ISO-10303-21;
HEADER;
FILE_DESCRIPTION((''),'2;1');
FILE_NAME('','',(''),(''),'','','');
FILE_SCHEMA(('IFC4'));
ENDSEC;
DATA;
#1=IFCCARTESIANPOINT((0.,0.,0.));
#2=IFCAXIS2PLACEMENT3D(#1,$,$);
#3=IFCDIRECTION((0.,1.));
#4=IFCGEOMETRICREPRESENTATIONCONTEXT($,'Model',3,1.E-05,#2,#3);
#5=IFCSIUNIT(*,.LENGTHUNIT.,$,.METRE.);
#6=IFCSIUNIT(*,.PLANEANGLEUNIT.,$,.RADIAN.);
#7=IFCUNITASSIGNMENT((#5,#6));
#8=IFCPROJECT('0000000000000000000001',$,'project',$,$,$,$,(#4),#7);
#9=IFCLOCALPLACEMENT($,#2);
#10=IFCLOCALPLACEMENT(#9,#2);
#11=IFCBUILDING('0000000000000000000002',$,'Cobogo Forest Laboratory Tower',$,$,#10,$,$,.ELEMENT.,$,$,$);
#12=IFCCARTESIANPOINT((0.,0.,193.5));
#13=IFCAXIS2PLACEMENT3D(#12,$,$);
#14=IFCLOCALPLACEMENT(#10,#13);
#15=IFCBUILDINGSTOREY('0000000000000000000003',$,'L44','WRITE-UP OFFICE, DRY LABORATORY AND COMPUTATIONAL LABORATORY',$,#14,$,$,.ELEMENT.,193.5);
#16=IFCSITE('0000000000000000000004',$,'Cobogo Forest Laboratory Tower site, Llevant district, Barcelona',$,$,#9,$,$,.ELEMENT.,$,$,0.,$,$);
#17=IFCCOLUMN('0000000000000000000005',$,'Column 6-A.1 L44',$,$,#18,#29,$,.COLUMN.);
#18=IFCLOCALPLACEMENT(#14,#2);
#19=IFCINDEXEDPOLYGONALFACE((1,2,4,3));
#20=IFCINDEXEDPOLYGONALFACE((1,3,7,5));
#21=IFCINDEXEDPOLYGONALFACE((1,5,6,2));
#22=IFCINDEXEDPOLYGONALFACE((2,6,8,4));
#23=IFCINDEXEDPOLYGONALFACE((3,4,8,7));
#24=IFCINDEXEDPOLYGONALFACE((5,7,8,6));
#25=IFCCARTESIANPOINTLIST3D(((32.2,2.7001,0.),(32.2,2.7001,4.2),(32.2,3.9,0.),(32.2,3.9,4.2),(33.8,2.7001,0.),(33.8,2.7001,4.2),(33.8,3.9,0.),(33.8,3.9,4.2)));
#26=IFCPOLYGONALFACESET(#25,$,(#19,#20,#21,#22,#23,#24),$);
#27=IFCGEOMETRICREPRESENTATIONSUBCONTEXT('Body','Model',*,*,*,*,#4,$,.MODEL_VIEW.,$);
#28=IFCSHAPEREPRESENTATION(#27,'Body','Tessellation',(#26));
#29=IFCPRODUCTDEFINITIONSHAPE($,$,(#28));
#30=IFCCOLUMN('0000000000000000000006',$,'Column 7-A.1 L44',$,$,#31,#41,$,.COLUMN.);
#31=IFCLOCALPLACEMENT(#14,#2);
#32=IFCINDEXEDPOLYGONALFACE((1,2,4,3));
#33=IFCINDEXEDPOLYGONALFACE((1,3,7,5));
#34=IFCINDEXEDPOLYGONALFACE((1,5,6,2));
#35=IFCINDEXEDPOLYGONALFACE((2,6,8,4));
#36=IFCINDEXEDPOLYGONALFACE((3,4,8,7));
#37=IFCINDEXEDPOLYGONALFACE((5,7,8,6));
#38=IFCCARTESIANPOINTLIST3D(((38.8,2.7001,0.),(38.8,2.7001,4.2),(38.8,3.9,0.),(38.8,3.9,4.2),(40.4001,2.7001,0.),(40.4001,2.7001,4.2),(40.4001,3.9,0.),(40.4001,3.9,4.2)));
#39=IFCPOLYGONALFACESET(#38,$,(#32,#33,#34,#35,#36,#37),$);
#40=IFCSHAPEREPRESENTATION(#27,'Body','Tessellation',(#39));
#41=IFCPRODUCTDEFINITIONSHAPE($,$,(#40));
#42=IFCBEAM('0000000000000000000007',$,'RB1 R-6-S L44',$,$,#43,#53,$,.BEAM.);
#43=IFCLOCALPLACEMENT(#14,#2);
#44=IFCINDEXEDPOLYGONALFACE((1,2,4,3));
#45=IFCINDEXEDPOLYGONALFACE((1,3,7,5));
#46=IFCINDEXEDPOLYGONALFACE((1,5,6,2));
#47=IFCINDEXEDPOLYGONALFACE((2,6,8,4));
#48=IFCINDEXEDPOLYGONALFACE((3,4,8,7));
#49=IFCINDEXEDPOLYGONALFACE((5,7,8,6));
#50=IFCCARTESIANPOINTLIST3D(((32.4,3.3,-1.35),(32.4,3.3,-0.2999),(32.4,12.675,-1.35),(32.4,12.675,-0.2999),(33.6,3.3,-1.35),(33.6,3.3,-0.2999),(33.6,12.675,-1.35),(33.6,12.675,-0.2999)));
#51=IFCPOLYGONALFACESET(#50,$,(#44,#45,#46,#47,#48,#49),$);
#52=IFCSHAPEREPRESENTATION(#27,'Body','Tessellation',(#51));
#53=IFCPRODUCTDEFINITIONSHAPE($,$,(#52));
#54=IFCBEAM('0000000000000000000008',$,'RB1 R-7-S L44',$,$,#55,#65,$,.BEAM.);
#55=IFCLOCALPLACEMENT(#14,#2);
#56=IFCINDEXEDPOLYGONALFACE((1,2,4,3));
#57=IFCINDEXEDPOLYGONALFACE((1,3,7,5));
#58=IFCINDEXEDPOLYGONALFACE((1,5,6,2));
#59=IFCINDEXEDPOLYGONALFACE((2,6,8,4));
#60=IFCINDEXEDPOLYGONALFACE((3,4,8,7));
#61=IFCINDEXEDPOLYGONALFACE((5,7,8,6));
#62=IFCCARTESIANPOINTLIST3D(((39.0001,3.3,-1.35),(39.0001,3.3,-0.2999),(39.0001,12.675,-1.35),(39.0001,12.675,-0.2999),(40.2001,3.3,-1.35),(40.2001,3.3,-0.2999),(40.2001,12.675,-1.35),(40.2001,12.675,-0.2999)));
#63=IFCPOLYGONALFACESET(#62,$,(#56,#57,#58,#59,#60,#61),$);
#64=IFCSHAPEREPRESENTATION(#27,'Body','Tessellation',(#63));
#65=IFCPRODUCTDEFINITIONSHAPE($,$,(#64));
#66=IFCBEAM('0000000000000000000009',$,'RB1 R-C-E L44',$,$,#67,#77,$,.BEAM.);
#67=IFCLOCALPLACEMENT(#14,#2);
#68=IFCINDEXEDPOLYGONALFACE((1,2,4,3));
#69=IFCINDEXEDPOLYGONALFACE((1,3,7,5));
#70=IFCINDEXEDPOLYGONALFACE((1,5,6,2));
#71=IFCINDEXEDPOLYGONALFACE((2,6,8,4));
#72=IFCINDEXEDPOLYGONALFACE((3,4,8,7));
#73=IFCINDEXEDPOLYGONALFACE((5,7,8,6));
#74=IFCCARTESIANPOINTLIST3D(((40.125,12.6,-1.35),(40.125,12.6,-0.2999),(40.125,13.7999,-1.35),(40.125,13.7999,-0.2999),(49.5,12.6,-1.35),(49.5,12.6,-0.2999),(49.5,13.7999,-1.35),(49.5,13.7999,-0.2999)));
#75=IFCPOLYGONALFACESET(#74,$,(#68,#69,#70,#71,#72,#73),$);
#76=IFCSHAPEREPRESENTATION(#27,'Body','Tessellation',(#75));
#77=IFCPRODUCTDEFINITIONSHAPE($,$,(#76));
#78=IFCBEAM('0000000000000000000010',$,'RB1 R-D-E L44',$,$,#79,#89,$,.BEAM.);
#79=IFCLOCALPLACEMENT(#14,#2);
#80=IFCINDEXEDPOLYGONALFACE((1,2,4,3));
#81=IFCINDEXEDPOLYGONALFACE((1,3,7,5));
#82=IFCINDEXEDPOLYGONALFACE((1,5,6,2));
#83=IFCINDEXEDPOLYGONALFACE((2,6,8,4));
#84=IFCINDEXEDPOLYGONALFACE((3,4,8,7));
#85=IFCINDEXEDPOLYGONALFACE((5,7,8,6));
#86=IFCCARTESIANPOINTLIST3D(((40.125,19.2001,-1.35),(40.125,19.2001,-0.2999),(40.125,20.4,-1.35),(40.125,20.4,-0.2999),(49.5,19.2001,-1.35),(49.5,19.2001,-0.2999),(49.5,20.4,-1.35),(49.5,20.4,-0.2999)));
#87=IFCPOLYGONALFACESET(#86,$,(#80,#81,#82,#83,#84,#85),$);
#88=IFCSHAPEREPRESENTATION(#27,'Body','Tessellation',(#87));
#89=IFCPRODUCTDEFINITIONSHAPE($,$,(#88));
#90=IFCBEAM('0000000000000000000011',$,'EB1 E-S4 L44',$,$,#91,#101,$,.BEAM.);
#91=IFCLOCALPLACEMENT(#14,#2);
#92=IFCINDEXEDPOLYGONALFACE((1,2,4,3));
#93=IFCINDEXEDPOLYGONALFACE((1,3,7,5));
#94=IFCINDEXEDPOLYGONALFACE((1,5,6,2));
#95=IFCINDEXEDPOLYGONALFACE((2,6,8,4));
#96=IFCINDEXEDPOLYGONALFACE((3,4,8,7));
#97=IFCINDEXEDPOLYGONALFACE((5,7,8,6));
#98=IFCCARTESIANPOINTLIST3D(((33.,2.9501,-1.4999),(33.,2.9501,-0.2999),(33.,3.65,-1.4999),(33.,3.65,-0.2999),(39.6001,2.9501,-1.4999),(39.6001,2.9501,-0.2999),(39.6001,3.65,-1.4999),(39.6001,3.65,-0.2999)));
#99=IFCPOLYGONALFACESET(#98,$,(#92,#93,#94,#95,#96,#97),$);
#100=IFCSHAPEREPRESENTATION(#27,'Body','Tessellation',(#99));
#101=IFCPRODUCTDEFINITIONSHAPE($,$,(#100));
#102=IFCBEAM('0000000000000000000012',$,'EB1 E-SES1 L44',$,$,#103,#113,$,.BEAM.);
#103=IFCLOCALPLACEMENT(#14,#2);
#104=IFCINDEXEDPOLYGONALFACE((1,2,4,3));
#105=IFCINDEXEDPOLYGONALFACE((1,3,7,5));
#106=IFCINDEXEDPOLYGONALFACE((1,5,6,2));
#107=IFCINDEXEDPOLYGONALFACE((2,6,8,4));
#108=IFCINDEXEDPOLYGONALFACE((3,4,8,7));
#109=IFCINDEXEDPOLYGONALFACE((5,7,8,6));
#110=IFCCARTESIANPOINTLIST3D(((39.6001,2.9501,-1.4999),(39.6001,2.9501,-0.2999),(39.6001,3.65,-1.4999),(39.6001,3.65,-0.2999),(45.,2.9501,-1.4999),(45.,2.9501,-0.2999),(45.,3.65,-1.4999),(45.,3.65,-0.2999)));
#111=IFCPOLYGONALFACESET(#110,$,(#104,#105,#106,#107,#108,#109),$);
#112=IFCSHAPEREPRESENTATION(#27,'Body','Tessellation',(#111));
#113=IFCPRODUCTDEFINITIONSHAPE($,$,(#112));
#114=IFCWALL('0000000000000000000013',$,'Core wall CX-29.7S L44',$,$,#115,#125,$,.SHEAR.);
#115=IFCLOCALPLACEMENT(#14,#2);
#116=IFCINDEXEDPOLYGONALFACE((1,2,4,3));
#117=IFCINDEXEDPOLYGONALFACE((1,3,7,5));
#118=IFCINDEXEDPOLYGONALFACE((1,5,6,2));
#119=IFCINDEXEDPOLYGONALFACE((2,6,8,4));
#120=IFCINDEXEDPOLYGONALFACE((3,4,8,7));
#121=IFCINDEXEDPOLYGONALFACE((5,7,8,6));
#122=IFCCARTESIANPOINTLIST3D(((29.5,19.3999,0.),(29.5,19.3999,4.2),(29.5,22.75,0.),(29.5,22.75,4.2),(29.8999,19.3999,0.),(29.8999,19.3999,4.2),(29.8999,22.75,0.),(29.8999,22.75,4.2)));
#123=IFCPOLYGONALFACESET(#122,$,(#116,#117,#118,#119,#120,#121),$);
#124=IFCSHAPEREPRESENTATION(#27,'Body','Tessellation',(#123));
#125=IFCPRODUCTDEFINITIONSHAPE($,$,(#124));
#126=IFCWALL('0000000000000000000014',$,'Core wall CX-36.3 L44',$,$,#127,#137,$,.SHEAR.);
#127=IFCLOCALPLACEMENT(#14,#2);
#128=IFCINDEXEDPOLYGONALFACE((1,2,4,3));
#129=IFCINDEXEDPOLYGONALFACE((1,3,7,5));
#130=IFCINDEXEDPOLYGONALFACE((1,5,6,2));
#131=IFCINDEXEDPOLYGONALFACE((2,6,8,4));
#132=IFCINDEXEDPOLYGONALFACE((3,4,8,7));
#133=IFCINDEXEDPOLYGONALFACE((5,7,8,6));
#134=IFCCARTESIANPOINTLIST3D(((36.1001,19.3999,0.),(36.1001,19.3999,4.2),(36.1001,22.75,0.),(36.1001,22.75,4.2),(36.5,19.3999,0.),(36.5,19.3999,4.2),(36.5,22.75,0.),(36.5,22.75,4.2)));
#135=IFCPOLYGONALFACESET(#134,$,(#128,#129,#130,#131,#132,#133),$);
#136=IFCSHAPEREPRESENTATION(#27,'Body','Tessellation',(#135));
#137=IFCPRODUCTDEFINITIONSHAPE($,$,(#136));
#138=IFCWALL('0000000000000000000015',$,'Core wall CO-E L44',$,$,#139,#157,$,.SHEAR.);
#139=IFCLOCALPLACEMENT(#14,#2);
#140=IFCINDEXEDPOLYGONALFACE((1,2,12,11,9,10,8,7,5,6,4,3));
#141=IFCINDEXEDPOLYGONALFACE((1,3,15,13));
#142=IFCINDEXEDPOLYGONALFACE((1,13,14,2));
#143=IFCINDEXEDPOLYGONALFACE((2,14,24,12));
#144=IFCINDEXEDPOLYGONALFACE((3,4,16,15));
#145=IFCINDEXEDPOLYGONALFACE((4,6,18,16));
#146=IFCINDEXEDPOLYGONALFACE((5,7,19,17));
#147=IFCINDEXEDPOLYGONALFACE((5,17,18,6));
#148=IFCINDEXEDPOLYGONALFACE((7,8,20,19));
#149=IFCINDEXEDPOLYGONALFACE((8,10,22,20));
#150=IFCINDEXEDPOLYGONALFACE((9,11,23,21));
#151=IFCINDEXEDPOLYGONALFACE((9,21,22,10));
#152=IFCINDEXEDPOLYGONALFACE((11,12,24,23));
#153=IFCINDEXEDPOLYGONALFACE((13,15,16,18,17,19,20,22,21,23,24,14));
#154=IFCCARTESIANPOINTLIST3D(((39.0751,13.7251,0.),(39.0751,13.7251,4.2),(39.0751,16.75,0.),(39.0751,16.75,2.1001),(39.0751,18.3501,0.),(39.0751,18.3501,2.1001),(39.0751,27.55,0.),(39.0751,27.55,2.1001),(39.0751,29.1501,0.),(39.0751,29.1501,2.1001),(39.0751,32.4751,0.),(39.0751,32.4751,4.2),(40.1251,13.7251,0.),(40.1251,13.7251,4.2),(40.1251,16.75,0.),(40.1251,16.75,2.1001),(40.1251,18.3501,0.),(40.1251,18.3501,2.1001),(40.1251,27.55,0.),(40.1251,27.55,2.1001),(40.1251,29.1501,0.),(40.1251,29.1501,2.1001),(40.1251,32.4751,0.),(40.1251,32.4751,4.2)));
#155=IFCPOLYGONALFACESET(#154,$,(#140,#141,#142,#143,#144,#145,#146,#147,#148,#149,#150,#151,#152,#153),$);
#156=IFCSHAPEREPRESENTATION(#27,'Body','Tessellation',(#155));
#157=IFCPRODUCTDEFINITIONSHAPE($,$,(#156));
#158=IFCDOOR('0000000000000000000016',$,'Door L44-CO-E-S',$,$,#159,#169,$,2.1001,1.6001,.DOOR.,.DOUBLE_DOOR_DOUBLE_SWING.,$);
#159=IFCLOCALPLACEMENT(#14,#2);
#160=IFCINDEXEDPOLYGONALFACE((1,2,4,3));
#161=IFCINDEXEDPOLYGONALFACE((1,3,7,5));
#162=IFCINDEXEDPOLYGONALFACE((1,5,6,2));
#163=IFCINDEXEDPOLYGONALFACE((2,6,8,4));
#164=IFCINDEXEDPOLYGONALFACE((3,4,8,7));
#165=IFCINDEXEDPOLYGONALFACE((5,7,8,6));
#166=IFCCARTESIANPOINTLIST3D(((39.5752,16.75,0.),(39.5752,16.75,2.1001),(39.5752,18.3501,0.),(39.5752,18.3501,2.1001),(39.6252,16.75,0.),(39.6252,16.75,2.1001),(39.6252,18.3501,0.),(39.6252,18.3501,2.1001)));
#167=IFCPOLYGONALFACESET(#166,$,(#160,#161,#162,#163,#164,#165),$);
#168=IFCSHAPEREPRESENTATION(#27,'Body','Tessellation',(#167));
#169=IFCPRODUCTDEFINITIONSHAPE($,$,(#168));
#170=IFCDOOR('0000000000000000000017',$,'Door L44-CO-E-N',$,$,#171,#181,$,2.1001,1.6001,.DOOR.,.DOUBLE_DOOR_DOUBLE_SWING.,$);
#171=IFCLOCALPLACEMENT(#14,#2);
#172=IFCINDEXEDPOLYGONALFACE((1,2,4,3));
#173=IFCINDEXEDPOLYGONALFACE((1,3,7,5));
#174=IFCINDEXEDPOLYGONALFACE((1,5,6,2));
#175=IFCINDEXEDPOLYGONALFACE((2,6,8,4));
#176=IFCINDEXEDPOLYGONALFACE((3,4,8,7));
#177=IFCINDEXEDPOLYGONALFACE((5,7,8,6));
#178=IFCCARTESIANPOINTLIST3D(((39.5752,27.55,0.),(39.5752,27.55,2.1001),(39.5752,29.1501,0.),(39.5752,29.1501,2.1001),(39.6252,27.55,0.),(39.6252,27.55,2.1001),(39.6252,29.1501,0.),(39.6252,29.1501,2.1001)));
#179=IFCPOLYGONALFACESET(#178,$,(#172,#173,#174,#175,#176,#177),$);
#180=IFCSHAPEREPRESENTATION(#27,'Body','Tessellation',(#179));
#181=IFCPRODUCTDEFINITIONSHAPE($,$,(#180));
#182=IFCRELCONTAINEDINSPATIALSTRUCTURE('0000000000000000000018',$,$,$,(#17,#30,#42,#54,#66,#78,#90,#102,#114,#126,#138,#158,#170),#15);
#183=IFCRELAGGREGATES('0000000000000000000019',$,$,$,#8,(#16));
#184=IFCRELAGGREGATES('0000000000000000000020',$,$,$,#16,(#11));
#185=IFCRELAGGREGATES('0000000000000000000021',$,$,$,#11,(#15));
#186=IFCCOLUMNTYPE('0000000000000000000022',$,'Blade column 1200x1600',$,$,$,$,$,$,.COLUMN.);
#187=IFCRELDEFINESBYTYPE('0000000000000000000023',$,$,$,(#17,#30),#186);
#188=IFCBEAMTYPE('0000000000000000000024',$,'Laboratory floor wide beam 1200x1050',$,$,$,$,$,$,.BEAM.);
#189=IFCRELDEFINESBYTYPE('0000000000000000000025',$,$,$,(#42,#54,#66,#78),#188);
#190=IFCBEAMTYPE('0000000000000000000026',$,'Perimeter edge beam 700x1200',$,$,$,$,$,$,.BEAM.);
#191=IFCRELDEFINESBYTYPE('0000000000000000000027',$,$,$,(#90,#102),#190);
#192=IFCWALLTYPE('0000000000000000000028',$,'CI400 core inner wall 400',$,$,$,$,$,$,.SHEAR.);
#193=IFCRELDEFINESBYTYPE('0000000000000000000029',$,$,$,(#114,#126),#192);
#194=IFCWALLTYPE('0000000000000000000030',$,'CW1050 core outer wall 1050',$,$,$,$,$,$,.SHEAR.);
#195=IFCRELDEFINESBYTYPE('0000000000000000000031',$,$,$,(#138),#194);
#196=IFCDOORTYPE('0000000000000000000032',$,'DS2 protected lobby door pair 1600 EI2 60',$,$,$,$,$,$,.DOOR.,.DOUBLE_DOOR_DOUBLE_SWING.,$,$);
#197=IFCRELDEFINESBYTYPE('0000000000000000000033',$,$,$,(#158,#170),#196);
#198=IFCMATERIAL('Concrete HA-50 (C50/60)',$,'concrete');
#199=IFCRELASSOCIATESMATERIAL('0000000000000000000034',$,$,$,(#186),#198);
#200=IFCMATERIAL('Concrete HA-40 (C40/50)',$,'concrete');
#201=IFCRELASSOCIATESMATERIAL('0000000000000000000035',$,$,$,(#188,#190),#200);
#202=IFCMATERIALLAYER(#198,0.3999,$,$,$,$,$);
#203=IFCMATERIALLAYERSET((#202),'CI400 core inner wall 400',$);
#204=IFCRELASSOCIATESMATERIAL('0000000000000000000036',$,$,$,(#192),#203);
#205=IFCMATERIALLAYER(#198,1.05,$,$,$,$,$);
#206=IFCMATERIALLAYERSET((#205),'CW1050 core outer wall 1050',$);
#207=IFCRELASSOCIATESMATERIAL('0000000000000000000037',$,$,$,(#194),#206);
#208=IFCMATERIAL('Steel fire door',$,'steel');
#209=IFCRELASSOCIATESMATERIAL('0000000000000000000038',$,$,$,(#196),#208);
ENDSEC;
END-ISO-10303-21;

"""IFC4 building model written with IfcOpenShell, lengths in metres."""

from ifc_helpers import new_model, si_unit, direction, frame, frame_2d, origin, origin_2d, place, context, subcontext, project, spatial, rectangle, extrude, material, layer, layer_set, material_profile, profile_set, type_object, element, fill, save


model = new_model("IFC4")

# Units and contexts
model_context = context("Model", 3, precision=1e-05, world=origin(), true_north=direction((0.0, 1.0)))
body_context = subcontext(model_context, "Body", "Model", "MODEL_VIEW")
ifc_project = project(units=[si_unit("LENGTHUNIT", "METRE"), si_unit("PLANEANGLEUNIT", "RADIAN")], contexts=[model_context])

# Site, building, storey
site_placement = place(None, origin())
site = spatial("IfcSite", under=ifc_project, at=site_placement, Name="Cobogo Forest Laboratory Tower site, Llevant district, Barcelona", CompositionType="ELEMENT", RefElevation=0.0)
building_placement = place(site_placement, origin())
building = spatial("IfcBuilding", under=site, at=building_placement, Name="Cobogo Forest Laboratory Tower", CompositionType="ELEMENT")
storey_placement = place(building_placement, frame((0.0, 0.0, 193.5)))
storey = spatial("IfcBuildingStorey", under=building, at=storey_placement, Name="L44", Description="WRITE-UP OFFICE, DRY LABORATORY AND COMPUTATIONAL LABORATORY", CompositionType="ELEMENT", Elevation=193.5)

# Columns
ifc_material_1 = material(Name="Concrete HA-50 (C50/60)", Category="concrete")
ifc_material_profile_1 = material_profile(ifc_material_1, rectangle(XDim=1.6001, YDim=1.2, at=origin_2d()), Name="RC 1200x1600")
ifc_profile_set_1 = profile_set([ifc_material_profile_1], Name="Concrete HA-50 (C50/60)")
column_type = type_object("IfcColumnType", Name="Blade column 1200x1600", PredefinedType="COLUMN", material=ifc_profile_set_1)
for number, where, z_axis, x_axis, name in (
    (1, (33.0, 3.3, 0.0), (0.0, 0.0, 1.0), (1.0, 0.0, 0.0), "Column 6-A.1 L44"),
    (2, (39.6001, 3.3, 0.0), (0.0, 0.0, 1.0), (1.0, 0.0, 0.0), "Column 7-A.1 L44"),
):
    element("IfcColumn", number, at=place(storey_placement, frame(where, z_axis=z_axis, x_axis=x_axis)), inside=storey, type_object=column_type, Name=name, PredefinedType="COLUMN", context=body_context, shape_type="SweptSolid", body=[
        extrude(rectangle(XDim=1.6001, YDim=1.2, at=origin_2d()), origin(), (0.0, 0.0, 1.0), 4.2),
    ])

# Beams
ifc_material_2 = material(Name="Concrete HA-40 (C40/50)", Category="concrete")
ifc_material_profile_2 = material_profile(ifc_material_2, rectangle(XDim=1.2, YDim=1.05, at=origin_2d()), Name="RC 1200x1050")
ifc_profile_set_2 = profile_set([ifc_material_profile_2], Name="Concrete HA-40 (C40/50)")
beam_type_1 = type_object("IfcBeamType", Name="Laboratory floor wide beam 1200x1050", PredefinedType="BEAM", material=ifc_profile_set_2)
for number, where, z_axis, x_axis, name in (
    (3, (33.0, 12.675, -0.825), (0.0, -1.0, 0.0), (1.0, 0.0, 0.0), "RB1 R-6-S L44"),
    (4, (39.6001, 12.675, -0.825), (0.0, -1.0, 0.0), (1.0, 0.0, 0.0), "RB1 R-7-S L44"),
    (5, (40.125, 13.2, -0.825), (1.0, 0.0, 0.0), (0.0, 1.0, 0.0), "RB1 R-C-E L44"),
    (6, (40.125, 19.8, -0.825), (1.0, 0.0, 0.0), (0.0, 1.0, 0.0), "RB1 R-D-E L44"),
):
    element("IfcBeam", number, at=place(storey_placement, frame(where, z_axis=z_axis, x_axis=x_axis)), inside=storey, type_object=beam_type_1, Name=name, PredefinedType="BEAM", context=body_context, shape_type="SweptSolid", body=[
        extrude(rectangle(XDim=1.2, YDim=1.05, at=origin_2d()), origin(), (0.0, 0.0, 1.0), 9.375),
    ])
ifc_material_profile_3 = material_profile(ifc_material_2, rectangle(XDim=0.7, YDim=1.2, at=origin_2d()), Name="RC 700x1200")
ifc_profile_set_3 = profile_set([ifc_material_profile_3], Name="Concrete HA-40 (C40/50)")
beam_type_2 = type_object("IfcBeamType", Name="Perimeter edge beam 700x1200", PredefinedType="BEAM", material=ifc_profile_set_3)
beam_1_placement = place(storey_placement, frame((33.0, 3.3, -0.8999), z_axis=(1.0, 0.0, 0.0), x_axis=(0.0, 1.0, 0.0)))
element("IfcBeam", 7, at=beam_1_placement, inside=storey, type_object=beam_type_2, Name="EB1 E-S4 L44", PredefinedType="BEAM", context=body_context, shape_type="SweptSolid", body=[
    extrude(rectangle(XDim=0.7, YDim=1.2, at=origin_2d()), origin(), (0.0, 0.0, 1.0), 6.6001),
])
beam_2_placement = place(storey_placement, frame((39.6001, 3.3, -0.8999), z_axis=(1.0, 0.0, 0.0), x_axis=(0.0, 1.0, 0.0)))
element("IfcBeam", 8, at=beam_2_placement, inside=storey, type_object=beam_type_2, Name="EB1 E-SES1 L44", PredefinedType="BEAM", context=body_context, shape_type="SweptSolid", body=[
    extrude(rectangle(XDim=0.7, YDim=1.2, at=origin_2d()), origin(), (0.0, 0.0, 1.0), 5.3999),
])

# Walls
ifc_layer_1 = layer(ifc_material_1, 0.3999)
ifc_layer_set_1 = layer_set([ifc_layer_1], Name="CI400 core inner wall 400")
wall_type_1 = type_object("IfcWallType", Name="CI400 core inner wall 400", PredefinedType="SHEAR", material=ifc_layer_set_1)
for number, where, z_axis, x_axis, name in (
    (9, (29.7, 19.3999, 0.0), (0.0, 0.0, 1.0), (0.0, 1.0, 0.0), "Core wall CX-29.7S L44"),
    (10, (36.3, 19.3999, 0.0), (0.0, 0.0, 1.0), (0.0, 1.0, 0.0), "Core wall CX-36.3 L44"),
):
    element("IfcWall", number, at=place(storey_placement, frame(where, z_axis=z_axis, x_axis=x_axis)), inside=storey, type_object=wall_type_1, Name=name, PredefinedType="SHEAR", context=body_context, shape_type="SweptSolid", body=[
        extrude(rectangle(XDim=3.3501, YDim=0.3999, at=frame_2d((1.675, 0.0))), origin(), (0.0, 0.0, 1.0), 4.2),
    ])

# Wall, openings, doors
ifc_layer_2 = layer(ifc_material_1, 1.05)
ifc_layer_set_2 = layer_set([ifc_layer_2], Name="CW1050 core outer wall 1050")
wall_type_2 = type_object("IfcWallType", Name="CW1050 core outer wall 1050", PredefinedType="SHEAR", material=ifc_layer_set_2)
wall_1_placement = place(storey_placement, frame((39.6001, 13.7251, 0.0), z_axis=(0.0, 0.0, 1.0), x_axis=(0.0, 1.0, 0.0)))
wall_1 = element("IfcWall", 11, at=wall_1_placement, inside=storey, type_object=wall_type_2, Name="Core wall CO-E L44", PredefinedType="SHEAR", context=body_context, shape_type="SweptSolid", body=[
    extrude(rectangle(XDim=18.75, YDim=1.05, at=frame_2d((9.375, 0.0))), origin(), (0.0, 0.0, 1.0), 4.2),
])
opening_1_placement = place(wall_1_placement, frame((3.0249, 0.0, 0.0)))
opening_1 = element("IfcOpeningElement", 12, at=opening_1_placement, cuts=wall_1, PredefinedType="OPENING", context=body_context, shape_type="SweptSolid", body=[
    extrude(rectangle(XDim=1.6001, YDim=2.1001, at=frame_2d((0.8, 1.05))), frame((0.0, 0.5349, 0.0), z_axis=(0.0, -1.0, 0.0), x_axis=(1.0, 0.0, 0.0)), (0.0, 0.0, 1.0), 1.0701),
])
opening_2_placement = place(wall_1_placement, frame((13.825, 0.0, 0.0)))
opening_2 = element("IfcOpeningElement", 13, at=opening_2_placement, cuts=wall_1, PredefinedType="OPENING", context=body_context, shape_type="SweptSolid", body=[
    extrude(rectangle(XDim=1.6001, YDim=2.1001, at=frame_2d((0.8, 1.05))), frame((0.0, 0.5349, 0.0), z_axis=(0.0, -1.0, 0.0), x_axis=(1.0, 0.0, 0.0)), (0.0, 0.0, 1.0), 1.0701),
])
ifc_material_3 = material(Name="Steel fire door", Category="steel")
door_type_1 = type_object("IfcDoorType", Name="DS2 protected lobby door pair 1600 EI2 60", OperationType="DOUBLE_DOOR_DOUBLE_SWING", PredefinedType="DOOR", material=ifc_material_3)
door_1_placement = place(opening_1_placement, origin())
door_1 = element("IfcDoor", 14, at=door_1_placement, inside=storey, type_object=door_type_1, Name="Door L44-CO-E-S", OperationType="DOUBLE_DOOR_DOUBLE_SWING", OverallHeight=2.1001, OverallWidth=1.6001, PredefinedType="DOOR", context=body_context, shape_type="SweptSolid", body=[
    extrude(rectangle(XDim=1.6001, YDim=2.1001, at=frame_2d((0.8, 1.05))), frame((0.0, 0.0249, 0.0), z_axis=(0.0, -1.0, 0.0), x_axis=(1.0, 0.0, 0.0)), (0.0, 0.0, 1.0), 0.05),
])
fill(opening_1, door_1)
door_2_placement = place(opening_2_placement, origin())
door_2 = element("IfcDoor", 15, at=door_2_placement, inside=storey, type_object=door_type_1, Name="Door L44-CO-E-N", OperationType="DOUBLE_DOOR_DOUBLE_SWING", OverallHeight=2.1001, OverallWidth=1.6001, PredefinedType="DOOR", context=body_context, shape_type="SweptSolid", body=[
    extrude(rectangle(XDim=1.6001, YDim=2.1001, at=frame_2d((0.8, 1.05))), frame((0.0, 0.0249, 0.0), z_axis=(0.0, -1.0, 0.0), x_axis=(1.0, 0.0, 0.0)), (0.0, 0.0, 1.0), 0.05),
])
fill(opening_2, door_2)

save(model, "model.ifc")
